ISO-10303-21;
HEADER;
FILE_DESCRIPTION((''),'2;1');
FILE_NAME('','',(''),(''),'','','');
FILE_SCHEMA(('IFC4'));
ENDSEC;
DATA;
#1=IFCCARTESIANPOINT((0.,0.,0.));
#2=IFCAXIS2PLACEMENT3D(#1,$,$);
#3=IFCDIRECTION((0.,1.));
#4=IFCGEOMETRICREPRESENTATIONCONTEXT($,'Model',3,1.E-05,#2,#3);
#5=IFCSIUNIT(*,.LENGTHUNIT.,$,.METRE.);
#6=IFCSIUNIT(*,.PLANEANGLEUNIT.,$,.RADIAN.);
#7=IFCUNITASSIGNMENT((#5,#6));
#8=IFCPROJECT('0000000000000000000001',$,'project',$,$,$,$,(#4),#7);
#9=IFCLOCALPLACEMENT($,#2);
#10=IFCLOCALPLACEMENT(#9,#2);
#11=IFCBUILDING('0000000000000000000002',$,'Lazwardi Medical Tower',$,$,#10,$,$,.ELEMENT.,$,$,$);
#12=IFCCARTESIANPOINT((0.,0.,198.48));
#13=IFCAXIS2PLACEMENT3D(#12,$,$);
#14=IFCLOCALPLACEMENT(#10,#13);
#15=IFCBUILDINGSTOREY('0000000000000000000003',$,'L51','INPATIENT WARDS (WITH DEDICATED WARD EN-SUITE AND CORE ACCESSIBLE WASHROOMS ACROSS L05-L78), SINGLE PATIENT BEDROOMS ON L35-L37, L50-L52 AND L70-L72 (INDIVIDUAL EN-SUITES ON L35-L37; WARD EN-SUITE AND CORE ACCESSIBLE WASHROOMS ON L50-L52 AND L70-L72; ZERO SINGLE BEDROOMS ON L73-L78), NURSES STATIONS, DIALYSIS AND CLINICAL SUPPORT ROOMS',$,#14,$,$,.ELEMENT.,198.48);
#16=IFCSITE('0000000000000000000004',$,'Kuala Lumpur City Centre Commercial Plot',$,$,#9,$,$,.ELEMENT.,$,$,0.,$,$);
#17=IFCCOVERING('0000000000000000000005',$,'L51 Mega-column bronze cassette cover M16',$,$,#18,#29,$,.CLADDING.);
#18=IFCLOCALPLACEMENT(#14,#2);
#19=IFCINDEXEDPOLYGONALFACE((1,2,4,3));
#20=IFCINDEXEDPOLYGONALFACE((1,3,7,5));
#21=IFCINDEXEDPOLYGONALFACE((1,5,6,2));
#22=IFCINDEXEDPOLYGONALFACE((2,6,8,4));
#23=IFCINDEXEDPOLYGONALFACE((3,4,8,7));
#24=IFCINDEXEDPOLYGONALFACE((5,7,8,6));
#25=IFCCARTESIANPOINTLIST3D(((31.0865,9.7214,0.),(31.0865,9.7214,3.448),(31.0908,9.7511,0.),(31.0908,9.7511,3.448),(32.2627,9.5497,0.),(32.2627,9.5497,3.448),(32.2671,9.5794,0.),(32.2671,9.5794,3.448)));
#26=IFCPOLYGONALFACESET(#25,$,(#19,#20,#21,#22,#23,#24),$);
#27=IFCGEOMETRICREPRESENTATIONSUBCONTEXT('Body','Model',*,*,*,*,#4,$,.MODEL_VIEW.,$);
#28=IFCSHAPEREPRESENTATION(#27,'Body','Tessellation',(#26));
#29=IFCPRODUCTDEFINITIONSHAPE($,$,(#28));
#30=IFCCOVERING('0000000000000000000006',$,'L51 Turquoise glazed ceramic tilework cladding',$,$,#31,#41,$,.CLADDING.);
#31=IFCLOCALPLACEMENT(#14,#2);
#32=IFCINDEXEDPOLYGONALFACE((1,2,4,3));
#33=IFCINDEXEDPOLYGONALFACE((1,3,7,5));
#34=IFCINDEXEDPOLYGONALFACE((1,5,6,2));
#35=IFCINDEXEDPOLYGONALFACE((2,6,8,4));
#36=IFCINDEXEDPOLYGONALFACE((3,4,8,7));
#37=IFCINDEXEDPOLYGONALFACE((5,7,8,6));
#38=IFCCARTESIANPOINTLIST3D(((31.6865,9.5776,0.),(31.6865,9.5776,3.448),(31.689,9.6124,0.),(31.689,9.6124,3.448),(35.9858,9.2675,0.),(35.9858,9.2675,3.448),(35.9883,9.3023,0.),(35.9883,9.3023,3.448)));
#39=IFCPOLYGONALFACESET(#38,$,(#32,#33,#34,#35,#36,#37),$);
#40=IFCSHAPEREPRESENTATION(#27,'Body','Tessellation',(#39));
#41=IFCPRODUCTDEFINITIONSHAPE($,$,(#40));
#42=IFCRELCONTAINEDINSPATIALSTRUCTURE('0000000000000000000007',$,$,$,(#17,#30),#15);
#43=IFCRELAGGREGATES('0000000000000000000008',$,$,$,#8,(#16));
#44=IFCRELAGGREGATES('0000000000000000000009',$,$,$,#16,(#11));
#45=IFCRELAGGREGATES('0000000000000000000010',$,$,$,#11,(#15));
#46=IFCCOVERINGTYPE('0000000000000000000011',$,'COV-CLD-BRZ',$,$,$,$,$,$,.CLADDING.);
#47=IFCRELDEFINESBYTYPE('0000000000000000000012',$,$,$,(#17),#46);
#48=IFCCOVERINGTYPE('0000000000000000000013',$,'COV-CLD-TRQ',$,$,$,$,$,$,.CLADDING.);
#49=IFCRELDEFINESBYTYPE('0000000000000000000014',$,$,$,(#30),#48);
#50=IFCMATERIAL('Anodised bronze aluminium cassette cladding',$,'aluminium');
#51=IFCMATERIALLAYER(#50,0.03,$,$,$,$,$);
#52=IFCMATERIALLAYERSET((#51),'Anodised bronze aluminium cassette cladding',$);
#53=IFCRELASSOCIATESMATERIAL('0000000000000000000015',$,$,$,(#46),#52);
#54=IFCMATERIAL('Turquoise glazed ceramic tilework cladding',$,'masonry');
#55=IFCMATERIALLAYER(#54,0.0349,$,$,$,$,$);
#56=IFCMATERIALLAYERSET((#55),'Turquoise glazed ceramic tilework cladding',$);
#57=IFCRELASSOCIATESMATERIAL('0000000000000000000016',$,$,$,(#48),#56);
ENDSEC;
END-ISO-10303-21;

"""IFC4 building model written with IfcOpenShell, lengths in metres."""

from ifc_helpers import new_model, si_unit, direction, frame, origin, origin_2d, place, context, subcontext, project, spatial, rectangle, extrude, material, layer, layer_set, type_object, element, save


model = new_model("IFC4")

# Units and contexts
model_context = context("Model", 3, precision=1e-05, world=origin(), true_north=direction((0.0, 1.0)))
body_context = subcontext(model_context, "Body", "Model", "MODEL_VIEW")
ifc_project = project(units=[si_unit("LENGTHUNIT", "METRE"), si_unit("PLANEANGLEUNIT", "RADIAN")], contexts=[model_context])

# Site, building, storey
site_placement = place(None, origin())
site = spatial("IfcSite", under=ifc_project, at=site_placement, Name="Kuala Lumpur City Centre Commercial Plot", CompositionType="ELEMENT", RefElevation=0.0)
building_placement = place(site_placement, origin())
building = spatial("IfcBuilding", under=site, at=building_placement, Name="Lazwardi Medical Tower", CompositionType="ELEMENT")
storey_placement = place(building_placement, frame((0.0, 0.0, 198.48)))
storey = spatial("IfcBuildingStorey", under=building, at=storey_placement, Name="L51", Description="INPATIENT WARDS (WITH DEDICATED WARD EN-SUITE AND CORE ACCESSIBLE WASHROOMS ACROSS L05-L78), SINGLE PATIENT BEDROOMS ON L35-L37, L50-L52 AND L70-L72 (INDIVIDUAL EN-SUITES ON L35-L37; WARD EN-SUITE AND CORE ACCESSIBLE WASHROOMS ON L50-L52 AND L70-L72; ZERO SINGLE BEDROOMS ON L73-L78), NURSES STATIONS, DIALYSIS AND CLINICAL SUPPORT ROOMS", CompositionType="ELEMENT", Elevation=198.48)

# Coverings
ifc_material_1 = material(Name="Anodised bronze aluminium cassette cladding", Category="aluminium")
ifc_layer_1 = layer(ifc_material_1, 0.03)
ifc_layer_set_1 = layer_set([ifc_layer_1], Name="Anodised bronze aluminium cassette cladding")
covering_type_1 = type_object("IfcCoveringType", Name="COV-CLD-BRZ", PredefinedType="CLADDING", material=ifc_layer_set_1)
covering_1_placement = place(storey_placement, frame((31.6768, 9.6504, 0.0), z_axis=(0.0, 0.0, 1.0), x_axis=(0.989512, -0.144448, 0.0)))
element("IfcCovering", 1, at=covering_1_placement, inside=storey, type_object=covering_type_1, Name="L51 Mega-column bronze cassette cover M16", PredefinedType="CLADDING", context=body_context, shape_type="SweptSolid", body=[
    extrude(rectangle(XDim=1.1887, YDim=0.03, at=origin_2d()), origin(), (0.0, 0.0, 1.0), 3.448),
])
ifc_material_2 = material(Name="Turquoise glazed ceramic tilework cladding", Category="masonry")
ifc_layer_2 = layer(ifc_material_2, 0.0349)
ifc_layer_set_2 = layer_set([ifc_layer_2], Name="Turquoise glazed ceramic tilework cladding")
covering_type_2 = type_object("IfcCoveringType", Name="COV-CLD-TRQ", PredefinedType="CLADDING", material=ifc_layer_set_2)
covering_2_placement = place(storey_placement, frame((33.8374, 9.4399, 0.0), z_axis=(0.0, 0.0, 1.0), x_axis=(0.997409, -0.07194, 0.0)))
element("IfcCovering", 2, at=covering_2_placement, inside=storey, type_object=covering_type_2, Name="L51 Turquoise glazed ceramic tilework cladding", PredefinedType="CLADDING", context=body_context, shape_type="SweptSolid", body=[
    extrude(rectangle(XDim=4.3105, YDim=0.0349, at=origin_2d()), origin(), (0.0, 0.0, 1.0), 3.448),
])

save(model, "model.ifc")
